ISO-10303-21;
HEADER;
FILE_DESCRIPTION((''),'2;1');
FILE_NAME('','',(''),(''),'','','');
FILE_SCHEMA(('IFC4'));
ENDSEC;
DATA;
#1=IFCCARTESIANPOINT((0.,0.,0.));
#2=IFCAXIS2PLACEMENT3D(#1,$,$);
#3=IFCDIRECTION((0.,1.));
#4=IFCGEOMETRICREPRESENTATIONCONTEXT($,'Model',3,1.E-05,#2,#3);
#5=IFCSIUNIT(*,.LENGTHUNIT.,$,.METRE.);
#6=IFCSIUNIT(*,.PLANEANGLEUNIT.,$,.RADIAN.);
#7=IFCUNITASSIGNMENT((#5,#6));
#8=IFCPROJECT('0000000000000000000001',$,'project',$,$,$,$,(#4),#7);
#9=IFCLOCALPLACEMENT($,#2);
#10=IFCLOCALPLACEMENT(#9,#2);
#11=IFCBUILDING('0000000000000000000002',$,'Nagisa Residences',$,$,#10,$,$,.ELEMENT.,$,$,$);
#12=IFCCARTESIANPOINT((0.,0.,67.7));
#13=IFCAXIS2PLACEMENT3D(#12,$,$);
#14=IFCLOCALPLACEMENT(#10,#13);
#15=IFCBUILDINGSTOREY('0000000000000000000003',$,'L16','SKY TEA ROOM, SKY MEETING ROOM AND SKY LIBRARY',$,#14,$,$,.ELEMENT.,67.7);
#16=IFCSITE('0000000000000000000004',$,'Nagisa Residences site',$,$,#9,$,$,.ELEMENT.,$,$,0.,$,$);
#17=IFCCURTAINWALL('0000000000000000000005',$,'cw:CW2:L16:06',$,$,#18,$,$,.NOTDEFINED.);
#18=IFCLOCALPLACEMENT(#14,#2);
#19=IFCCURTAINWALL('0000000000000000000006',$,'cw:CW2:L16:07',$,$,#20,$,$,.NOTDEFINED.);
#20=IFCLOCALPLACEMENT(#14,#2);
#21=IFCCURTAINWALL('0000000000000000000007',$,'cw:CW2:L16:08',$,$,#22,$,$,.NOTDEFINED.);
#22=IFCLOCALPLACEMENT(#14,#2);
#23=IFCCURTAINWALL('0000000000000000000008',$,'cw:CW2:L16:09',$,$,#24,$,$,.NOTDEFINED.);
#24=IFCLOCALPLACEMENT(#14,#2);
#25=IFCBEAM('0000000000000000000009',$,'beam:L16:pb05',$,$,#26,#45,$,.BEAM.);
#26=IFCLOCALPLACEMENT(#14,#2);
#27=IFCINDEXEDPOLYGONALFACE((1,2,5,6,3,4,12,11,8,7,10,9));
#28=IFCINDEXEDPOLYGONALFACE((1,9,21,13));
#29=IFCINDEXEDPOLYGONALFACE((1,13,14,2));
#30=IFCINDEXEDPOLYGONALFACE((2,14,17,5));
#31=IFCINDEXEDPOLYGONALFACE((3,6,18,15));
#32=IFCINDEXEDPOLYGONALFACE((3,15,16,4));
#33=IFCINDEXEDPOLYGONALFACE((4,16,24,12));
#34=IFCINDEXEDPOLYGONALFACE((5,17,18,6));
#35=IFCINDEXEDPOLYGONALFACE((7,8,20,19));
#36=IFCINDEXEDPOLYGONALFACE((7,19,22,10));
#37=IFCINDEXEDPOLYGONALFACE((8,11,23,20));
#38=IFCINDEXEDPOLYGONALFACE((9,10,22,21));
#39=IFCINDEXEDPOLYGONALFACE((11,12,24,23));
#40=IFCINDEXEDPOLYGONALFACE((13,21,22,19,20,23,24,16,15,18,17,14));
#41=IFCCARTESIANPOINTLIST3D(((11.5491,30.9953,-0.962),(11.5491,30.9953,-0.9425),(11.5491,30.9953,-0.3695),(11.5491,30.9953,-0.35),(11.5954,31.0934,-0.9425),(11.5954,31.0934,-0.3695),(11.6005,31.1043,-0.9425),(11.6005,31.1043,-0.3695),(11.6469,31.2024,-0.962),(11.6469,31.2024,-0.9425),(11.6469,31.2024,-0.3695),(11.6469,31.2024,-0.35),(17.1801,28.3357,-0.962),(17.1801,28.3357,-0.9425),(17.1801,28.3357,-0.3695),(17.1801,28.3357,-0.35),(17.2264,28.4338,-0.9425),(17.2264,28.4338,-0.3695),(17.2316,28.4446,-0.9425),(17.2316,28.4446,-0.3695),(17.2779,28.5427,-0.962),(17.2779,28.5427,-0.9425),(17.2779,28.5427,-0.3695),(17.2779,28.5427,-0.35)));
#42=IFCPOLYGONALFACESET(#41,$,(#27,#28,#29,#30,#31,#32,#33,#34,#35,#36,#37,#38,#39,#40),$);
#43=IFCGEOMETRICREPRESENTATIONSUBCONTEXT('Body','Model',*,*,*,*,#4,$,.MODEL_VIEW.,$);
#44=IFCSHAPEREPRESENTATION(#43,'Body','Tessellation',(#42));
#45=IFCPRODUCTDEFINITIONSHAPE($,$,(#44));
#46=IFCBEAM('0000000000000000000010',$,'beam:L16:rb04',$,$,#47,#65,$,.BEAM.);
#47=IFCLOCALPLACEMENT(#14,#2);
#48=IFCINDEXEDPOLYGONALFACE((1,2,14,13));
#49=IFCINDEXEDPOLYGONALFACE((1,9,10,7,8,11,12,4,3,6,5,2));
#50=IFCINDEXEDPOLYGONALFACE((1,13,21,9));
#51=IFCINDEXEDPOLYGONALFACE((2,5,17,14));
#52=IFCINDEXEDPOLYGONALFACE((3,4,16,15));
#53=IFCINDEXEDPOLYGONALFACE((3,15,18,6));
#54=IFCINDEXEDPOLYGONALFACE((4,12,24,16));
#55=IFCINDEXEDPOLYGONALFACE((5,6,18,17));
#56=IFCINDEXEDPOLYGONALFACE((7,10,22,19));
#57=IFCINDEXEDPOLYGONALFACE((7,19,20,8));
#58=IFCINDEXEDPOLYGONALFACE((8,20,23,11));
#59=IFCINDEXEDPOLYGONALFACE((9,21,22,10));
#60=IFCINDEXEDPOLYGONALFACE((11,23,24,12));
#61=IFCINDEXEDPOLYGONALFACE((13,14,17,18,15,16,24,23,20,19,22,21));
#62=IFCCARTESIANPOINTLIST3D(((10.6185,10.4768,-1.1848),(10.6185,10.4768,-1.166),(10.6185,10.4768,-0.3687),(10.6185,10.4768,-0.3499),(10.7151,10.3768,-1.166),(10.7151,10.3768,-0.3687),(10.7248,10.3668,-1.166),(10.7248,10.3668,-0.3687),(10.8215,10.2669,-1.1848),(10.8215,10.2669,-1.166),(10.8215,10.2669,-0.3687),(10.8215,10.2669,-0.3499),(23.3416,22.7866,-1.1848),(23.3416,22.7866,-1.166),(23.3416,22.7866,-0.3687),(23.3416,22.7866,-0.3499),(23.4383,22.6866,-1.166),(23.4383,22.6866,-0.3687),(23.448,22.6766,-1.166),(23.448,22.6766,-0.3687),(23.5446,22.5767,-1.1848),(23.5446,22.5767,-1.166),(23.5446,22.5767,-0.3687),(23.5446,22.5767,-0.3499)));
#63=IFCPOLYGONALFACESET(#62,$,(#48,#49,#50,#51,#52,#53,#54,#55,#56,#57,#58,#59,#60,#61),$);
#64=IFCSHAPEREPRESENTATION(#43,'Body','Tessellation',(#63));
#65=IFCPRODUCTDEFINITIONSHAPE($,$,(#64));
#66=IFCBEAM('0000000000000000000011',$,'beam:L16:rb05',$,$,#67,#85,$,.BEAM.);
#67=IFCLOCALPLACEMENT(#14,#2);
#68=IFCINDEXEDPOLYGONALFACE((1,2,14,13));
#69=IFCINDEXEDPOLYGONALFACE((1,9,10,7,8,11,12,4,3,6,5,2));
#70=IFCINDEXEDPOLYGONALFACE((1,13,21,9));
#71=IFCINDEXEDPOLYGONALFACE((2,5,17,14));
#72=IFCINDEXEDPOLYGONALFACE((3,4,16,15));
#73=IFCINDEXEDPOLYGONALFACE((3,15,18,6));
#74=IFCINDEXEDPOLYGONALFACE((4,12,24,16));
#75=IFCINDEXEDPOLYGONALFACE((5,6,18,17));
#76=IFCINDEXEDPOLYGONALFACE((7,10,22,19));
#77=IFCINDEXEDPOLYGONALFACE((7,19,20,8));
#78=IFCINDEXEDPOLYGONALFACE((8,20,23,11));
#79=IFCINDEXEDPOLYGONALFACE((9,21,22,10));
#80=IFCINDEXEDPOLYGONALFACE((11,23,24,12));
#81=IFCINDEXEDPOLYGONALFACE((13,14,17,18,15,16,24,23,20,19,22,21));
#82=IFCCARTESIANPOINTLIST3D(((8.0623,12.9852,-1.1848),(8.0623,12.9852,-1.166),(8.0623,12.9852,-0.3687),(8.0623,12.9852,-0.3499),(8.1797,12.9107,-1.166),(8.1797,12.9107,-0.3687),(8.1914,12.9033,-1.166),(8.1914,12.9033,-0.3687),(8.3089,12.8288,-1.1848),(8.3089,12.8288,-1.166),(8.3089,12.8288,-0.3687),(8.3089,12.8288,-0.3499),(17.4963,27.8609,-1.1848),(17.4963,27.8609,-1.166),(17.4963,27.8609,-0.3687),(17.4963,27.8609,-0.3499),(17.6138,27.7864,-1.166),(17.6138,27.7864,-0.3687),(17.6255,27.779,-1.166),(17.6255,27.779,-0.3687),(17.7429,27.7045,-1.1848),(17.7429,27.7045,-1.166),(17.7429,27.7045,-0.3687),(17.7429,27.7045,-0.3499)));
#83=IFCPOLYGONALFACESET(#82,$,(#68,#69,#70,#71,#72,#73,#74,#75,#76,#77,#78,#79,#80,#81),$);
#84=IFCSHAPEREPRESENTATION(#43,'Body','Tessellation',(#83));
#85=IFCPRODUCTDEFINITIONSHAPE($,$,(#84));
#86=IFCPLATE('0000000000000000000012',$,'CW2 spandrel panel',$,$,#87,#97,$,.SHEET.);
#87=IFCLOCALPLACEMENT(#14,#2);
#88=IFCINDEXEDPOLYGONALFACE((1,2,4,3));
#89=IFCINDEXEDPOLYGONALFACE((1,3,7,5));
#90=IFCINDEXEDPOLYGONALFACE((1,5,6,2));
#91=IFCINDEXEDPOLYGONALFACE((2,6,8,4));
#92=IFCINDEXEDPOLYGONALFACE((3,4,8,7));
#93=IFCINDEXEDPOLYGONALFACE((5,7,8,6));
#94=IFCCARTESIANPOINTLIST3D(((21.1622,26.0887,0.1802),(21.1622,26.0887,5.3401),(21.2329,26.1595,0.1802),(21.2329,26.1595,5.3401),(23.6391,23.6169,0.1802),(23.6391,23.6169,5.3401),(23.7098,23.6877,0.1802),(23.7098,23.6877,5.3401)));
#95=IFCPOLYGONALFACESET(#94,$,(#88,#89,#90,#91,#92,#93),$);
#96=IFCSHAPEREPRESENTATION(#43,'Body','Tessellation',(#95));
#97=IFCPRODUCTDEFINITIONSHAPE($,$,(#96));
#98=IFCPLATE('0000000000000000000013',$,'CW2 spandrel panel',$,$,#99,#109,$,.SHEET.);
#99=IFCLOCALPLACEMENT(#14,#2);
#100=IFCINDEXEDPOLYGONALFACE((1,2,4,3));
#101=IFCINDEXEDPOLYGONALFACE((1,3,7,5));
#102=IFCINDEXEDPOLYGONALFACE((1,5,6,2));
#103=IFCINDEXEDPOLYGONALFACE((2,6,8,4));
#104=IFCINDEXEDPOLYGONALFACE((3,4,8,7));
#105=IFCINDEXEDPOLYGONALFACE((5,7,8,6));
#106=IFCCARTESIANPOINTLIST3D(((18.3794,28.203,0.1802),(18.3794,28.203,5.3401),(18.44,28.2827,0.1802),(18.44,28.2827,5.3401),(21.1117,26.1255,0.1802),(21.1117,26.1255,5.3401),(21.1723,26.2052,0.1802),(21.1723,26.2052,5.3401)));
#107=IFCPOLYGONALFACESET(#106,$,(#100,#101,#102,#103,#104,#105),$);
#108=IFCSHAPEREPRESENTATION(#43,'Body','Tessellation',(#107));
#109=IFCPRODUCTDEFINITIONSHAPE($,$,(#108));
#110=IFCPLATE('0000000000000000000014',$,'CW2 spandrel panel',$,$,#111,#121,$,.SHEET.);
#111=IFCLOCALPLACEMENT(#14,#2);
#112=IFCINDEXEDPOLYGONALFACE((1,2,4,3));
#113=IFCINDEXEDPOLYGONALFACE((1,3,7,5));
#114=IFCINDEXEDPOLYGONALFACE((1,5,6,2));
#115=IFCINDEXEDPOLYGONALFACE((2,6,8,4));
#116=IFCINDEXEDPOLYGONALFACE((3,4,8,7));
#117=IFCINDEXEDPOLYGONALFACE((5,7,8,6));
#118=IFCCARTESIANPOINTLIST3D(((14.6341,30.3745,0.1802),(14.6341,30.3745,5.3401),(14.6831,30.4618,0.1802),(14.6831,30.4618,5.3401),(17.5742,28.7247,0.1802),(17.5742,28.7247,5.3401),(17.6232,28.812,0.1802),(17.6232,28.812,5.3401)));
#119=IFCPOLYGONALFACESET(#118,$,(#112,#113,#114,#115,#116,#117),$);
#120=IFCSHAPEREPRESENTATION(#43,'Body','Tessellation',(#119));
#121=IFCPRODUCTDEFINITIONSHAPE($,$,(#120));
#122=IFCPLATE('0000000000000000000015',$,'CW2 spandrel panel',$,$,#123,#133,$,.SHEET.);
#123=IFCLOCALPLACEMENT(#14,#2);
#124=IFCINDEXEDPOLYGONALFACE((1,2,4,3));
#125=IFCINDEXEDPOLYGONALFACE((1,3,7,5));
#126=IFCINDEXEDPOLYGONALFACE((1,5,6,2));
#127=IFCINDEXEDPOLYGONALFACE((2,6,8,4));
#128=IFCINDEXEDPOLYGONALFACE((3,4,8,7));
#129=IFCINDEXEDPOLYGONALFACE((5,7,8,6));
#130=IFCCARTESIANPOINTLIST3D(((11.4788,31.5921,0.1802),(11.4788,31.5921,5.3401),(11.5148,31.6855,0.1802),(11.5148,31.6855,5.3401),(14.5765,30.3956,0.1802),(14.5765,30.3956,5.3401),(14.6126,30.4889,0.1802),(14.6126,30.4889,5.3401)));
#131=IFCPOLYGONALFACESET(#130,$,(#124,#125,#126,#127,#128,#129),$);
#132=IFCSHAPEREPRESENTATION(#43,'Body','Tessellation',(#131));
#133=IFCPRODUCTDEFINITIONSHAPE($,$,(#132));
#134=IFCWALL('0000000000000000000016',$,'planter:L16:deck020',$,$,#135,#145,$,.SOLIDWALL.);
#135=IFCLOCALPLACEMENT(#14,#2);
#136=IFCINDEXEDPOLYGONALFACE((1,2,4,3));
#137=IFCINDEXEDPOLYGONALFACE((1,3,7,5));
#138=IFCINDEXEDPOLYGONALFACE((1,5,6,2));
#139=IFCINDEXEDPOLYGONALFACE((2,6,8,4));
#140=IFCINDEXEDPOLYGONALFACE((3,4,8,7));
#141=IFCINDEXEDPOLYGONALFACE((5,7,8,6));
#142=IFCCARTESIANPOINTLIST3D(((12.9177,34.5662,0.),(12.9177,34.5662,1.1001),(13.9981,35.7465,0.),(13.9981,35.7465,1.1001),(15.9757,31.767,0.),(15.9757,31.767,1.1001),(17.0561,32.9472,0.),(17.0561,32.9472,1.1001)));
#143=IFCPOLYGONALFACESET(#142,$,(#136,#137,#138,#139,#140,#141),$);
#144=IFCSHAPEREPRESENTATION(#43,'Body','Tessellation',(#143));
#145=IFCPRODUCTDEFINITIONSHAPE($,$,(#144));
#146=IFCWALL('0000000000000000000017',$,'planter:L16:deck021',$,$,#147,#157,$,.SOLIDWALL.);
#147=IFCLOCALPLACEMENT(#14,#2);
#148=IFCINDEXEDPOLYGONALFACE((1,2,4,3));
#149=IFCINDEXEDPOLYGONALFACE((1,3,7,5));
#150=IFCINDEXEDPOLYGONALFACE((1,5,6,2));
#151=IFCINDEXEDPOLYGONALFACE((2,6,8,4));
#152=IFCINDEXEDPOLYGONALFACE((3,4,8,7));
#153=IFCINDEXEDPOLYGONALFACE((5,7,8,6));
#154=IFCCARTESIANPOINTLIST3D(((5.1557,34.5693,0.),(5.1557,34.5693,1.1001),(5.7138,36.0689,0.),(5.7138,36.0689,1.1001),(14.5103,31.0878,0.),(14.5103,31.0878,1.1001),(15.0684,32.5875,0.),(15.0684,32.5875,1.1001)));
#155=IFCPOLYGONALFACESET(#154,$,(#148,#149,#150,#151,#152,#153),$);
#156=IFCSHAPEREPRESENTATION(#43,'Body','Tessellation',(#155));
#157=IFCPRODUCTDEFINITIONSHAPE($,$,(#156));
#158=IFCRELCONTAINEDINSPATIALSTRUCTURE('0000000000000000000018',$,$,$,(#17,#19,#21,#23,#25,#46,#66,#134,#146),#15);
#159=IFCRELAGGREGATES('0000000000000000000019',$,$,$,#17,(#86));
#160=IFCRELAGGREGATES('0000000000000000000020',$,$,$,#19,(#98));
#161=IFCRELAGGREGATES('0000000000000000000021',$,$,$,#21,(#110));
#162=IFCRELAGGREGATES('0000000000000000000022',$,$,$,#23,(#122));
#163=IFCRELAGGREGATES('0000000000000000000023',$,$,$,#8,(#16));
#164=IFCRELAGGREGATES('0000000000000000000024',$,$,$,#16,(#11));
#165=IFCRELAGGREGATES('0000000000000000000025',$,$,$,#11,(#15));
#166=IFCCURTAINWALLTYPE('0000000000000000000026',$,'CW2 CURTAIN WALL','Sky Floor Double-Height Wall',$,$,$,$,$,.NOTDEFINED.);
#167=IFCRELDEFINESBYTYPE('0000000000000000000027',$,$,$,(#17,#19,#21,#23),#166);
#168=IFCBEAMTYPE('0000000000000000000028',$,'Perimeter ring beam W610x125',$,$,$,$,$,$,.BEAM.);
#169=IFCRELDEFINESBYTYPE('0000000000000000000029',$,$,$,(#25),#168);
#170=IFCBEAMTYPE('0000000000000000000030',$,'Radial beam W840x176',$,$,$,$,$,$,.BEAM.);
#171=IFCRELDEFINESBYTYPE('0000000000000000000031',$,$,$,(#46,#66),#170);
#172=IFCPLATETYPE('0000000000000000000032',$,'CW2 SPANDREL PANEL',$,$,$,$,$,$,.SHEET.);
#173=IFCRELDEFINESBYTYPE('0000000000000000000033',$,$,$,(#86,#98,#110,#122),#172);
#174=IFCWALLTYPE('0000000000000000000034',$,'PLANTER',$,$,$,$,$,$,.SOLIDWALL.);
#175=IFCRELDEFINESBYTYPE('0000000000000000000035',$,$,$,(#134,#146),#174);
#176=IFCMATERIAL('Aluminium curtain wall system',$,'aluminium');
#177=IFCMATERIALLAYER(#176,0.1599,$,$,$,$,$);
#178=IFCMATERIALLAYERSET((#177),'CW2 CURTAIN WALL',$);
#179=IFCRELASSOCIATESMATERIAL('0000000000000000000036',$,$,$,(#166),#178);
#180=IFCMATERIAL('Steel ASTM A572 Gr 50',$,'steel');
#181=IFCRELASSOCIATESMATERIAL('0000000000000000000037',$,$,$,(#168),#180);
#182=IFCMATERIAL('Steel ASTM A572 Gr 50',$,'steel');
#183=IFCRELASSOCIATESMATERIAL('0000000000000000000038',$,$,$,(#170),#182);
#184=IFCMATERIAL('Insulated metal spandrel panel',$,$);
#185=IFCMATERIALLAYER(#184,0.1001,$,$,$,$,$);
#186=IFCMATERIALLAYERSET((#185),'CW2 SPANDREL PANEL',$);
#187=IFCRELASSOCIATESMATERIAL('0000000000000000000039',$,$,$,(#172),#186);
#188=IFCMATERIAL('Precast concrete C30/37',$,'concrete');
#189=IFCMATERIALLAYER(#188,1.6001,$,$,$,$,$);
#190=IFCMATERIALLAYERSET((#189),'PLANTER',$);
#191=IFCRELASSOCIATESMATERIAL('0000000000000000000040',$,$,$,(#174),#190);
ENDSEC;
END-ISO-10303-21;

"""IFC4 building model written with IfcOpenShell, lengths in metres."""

from ifc_helpers import new_model, si_unit, direction, frame, frame_2d, origin, origin_2d, place, context, subcontext, project, spatial, rectangle, i_section, extrude, material, layer, layer_set, material_profile, profile_set, type_object, element, aggregate, save


model = new_model("IFC4")

# Units and contexts
model_context = context("Model", 3, precision=1e-05, world=origin(), true_north=direction((0.0, 1.0)))
body_context = subcontext(model_context, "Body", "Model", "MODEL_VIEW")
ifc_project = project(units=[si_unit("LENGTHUNIT", "METRE"), si_unit("PLANEANGLEUNIT", "RADIAN")], contexts=[model_context])

# Site, building, storey
site_placement = place(None, origin())
site = spatial("IfcSite", under=ifc_project, at=site_placement, Name="Nagisa Residences site", CompositionType="ELEMENT", RefElevation=0.0)
building_placement = place(site_placement, origin())
building = spatial("IfcBuilding", under=site, at=building_placement, Name="Nagisa Residences", CompositionType="ELEMENT")
storey_placement = place(building_placement, frame((0.0, 0.0, 67.7)))
storey = spatial("IfcBuildingStorey", under=building, at=storey_placement, Name="L16", Description="SKY TEA ROOM, SKY MEETING ROOM AND SKY LIBRARY", CompositionType="ELEMENT", Elevation=67.7)

# Curtain walls
ifc_material_1 = material(Name="Aluminium curtain wall system", Category="aluminium")
ifc_layer_1 = layer(ifc_material_1, 0.1599)
ifc_layer_set_1 = layer_set([ifc_layer_1], Name="CW2 CURTAIN WALL")
curtain_wall_type = type_object("IfcCurtainWallType", Name="CW2 CURTAIN WALL", Description="Sky Floor Double-Height Wall", PredefinedType="NOTDEFINED", material=ifc_layer_set_1)
curtain_wall_1_placement = place(storey_placement, origin())
curtain_wall_1 = element("IfcCurtainWall", 1, at=curtain_wall_1_placement, inside=storey, type_object=curtain_wall_type, Name="cw:CW2:L16:06", PredefinedType="NOTDEFINED")
curtain_wall_2_placement = place(storey_placement, origin())
curtain_wall_2 = element("IfcCurtainWall", 2, at=curtain_wall_2_placement, inside=storey, type_object=curtain_wall_type, Name="cw:CW2:L16:07", PredefinedType="NOTDEFINED")
curtain_wall_3_placement = place(storey_placement, origin())
curtain_wall_3 = element("IfcCurtainWall", 3, at=curtain_wall_3_placement, inside=storey, type_object=curtain_wall_type, Name="cw:CW2:L16:08", PredefinedType="NOTDEFINED")
curtain_wall_4_placement = place(storey_placement, origin())
curtain_wall_4 = element("IfcCurtainWall", 4, at=curtain_wall_4_placement, inside=storey, type_object=curtain_wall_type, Name="cw:CW2:L16:09", PredefinedType="NOTDEFINED")

# Beams
ifc_material_2 = material(Name="Steel ASTM A572 Gr 50", Category="steel")
ifc_material_profile_1 = material_profile(ifc_material_2, i_section(OverallWidth=0.229, OverallDepth=0.6121, WebThickness=0.012, FlangeThickness=0.0195, at=origin_2d()), Name="W610x125")
ifc_profile_set_1 = profile_set([ifc_material_profile_1], Name="Steel ASTM A572 Gr 50")
beam_type_1 = type_object("IfcBeamType", Name="Perimeter ring beam W610x125", PredefinedType="BEAM", material=ifc_profile_set_1)
beam_1_placement = place(storey_placement, frame((17.229, 28.4392, -0.656), z_axis=(-0.904215, 0.427077, 0.0), x_axis=(-0.427077, -0.904215, 0.0)))
element("IfcBeam", 5, at=beam_1_placement, inside=storey, type_object=beam_type_1, Name="beam:L16:pb05", PredefinedType="BEAM", context=body_context, shape_type="SweptSolid", body=[
    extrude(i_section(OverallWidth=0.229, OverallDepth=0.6121, WebThickness=0.012, FlangeThickness=0.0195, at=origin_2d()), origin(), (0.0, 0.0, 1.0), 6.2275),
])
ifc_material_3 = material(Name="Steel ASTM A572 Gr 50", Category="steel")
ifc_material_profile_2 = material_profile(ifc_material_3, i_section(OverallWidth=0.292, OverallDepth=0.835, WebThickness=0.0139, FlangeThickness=0.0188, at=origin_2d()), Name="W840x176")
ifc_profile_set_2 = profile_set([ifc_material_profile_2], Name="Steel ASTM A572 Gr 50")
beam_type_2 = type_object("IfcBeamType", Name="Radial beam W840x176", PredefinedType="BEAM", material=ifc_profile_set_2)
beam_2_placement = place(storey_placement, frame((23.4431, 22.6816, -0.7673), z_axis=(-0.718684, -0.695337, 0.0), x_axis=(0.695337, -0.718684, 0.0)))
element("IfcBeam", 6, at=beam_2_placement, inside=storey, type_object=beam_type_2, Name="beam:L16:rb04", PredefinedType="BEAM", context=body_context, shape_type="SweptSolid", body=[
    extrude(i_section(OverallWidth=0.292, OverallDepth=0.835, WebThickness=0.0139, FlangeThickness=0.0188, at=origin_2d()), origin(), (0.0, 0.0, 1.0), 17.7034),
])
beam_3_placement = place(storey_placement, frame((17.6196, 27.7827, -0.7673), z_axis=(-0.53557, -0.844491, 0.0), x_axis=(0.844491, -0.53557, 0.0)))
element("IfcBeam", 7, at=beam_3_placement, inside=storey, type_object=beam_type_2, Name="beam:L16:rb05", PredefinedType="BEAM", context=body_context, shape_type="SweptSolid", body=[
    extrude(i_section(OverallWidth=0.292, OverallDepth=0.835, WebThickness=0.0139, FlangeThickness=0.0188, at=origin_2d()), origin(), (0.0, 0.0, 1.0), 17.615),
])

# Plates
ifc_material_4 = material(Name="Insulated metal spandrel panel")
ifc_layer_2 = layer(ifc_material_4, 0.1001)
ifc_layer_set_2 = layer_set([ifc_layer_2], Name="CW2 SPANDREL PANEL")
plate_type = type_object("IfcPlateType", Name="CW2 SPANDREL PANEL", PredefinedType="SHEET", material=ifc_layer_set_2)
plate_1_placement = place(storey_placement, frame((22.436, 24.8882, 0.1802), z_axis=(0.0, 0.0, 1.0), x_axis=(-0.707836, 0.706377, 0.0)))
plate_1 = element("IfcPlate", 8, at=plate_1_placement, type_object=plate_type, Name="CW2 spandrel panel", PredefinedType="SHEET", context=body_context, shape_type="SweptSolid", body=[
    extrude(rectangle(XDim=3.4993, YDim=0.1001, at=origin_2d()), origin(), (0.0, 0.0, 1.0), 5.1599),
])
aggregate(curtain_wall_1, [plate_1])
plate_2_placement = place(storey_placement, frame((19.7759, 27.2041, 0.1802), z_axis=(0.0, 0.0, 1.0), x_axis=(-0.796031, 0.605255, 0.0)))
plate_2 = element("IfcPlate", 9, at=plate_2_placement, type_object=plate_type, Name="CW2 spandrel panel", PredefinedType="SHEET", context=body_context, shape_type="SweptSolid", body=[
    extrude(rectangle(XDim=3.4324, YDim=0.1001, at=origin_2d()), origin(), (0.0, 0.0, 1.0), 5.1599),
])
aggregate(curtain_wall_2, [plate_2])
plate_3_placement = place(storey_placement, frame((16.1287, 29.5933, 0.1802), z_axis=(0.0, 0.0, 1.0), x_axis=(-0.872072, 0.489377, 0.0)))
plate_3 = element("IfcPlate", 10, at=plate_3_placement, type_object=plate_type, Name="CW2 spandrel panel", PredefinedType="SHEET", context=body_context, shape_type="SweptSolid", body=[
    extrude(rectangle(XDim=3.3713, YDim=0.1001, at=origin_2d()), origin(), (0.0, 0.0, 1.0), 5.1599),
])
aggregate(curtain_wall_3, [plate_3])
plate_4_placement = place(storey_placement, frame((13.0457, 31.0405, 0.1802), z_axis=(0.0, 0.0, 1.0), x_axis=(-0.932826, 0.360328, 0.0)))
plate_4 = element("IfcPlate", 11, at=plate_4_placement, type_object=plate_type, Name="CW2 spandrel panel", PredefinedType="SHEET", context=body_context, shape_type="SweptSolid", body=[
    extrude(rectangle(XDim=3.3208, YDim=0.1001, at=origin_2d()), origin(), (0.0, 0.0, 1.0), 5.1599),
])
aggregate(curtain_wall_4, [plate_4])

# Walls
ifc_material_5 = material(Name="Precast concrete C30/37", Category="concrete")
ifc_layer_3 = layer(ifc_material_5, 1.6001)
ifc_layer_set_3 = layer_set([ifc_layer_3], Name="PLANTER")
wall_type = type_object("IfcWallType", Name="PLANTER", PredefinedType="SOLIDWALL", material=ifc_layer_set_3)
wall_1_placement = place(storey_placement, frame((13.458, 35.1562, 0.0), z_axis=(0.0, 0.0, 1.0), x_axis=(0.737628, -0.675207, 0.0)))
element("IfcWall", 12, at=wall_1_placement, inside=storey, type_object=wall_type, Name="planter:L16:deck020", PredefinedType="SOLIDWALL", context=body_context, shape_type="SweptSolid", body=[
    extrude(rectangle(XDim=4.1458, YDim=1.6001, at=frame_2d((2.0728, 0.0))), origin(), (0.0, 0.0, 1.0), 1.1001),
])
wall_2_placement = place(storey_placement, frame((14.7893, 31.8376, 0.0), z_axis=(0.0, 0.0, 1.0), x_axis=(-0.937199, 0.348796, 0.0)))
element("IfcWall", 13, at=wall_2_placement, inside=storey, type_object=wall_type, Name="planter:L16:deck021", PredefinedType="SOLIDWALL", context=body_context, shape_type="SweptSolid", body=[
    extrude(rectangle(XDim=9.9814, YDim=1.6001, at=frame_2d((4.9907, 0.0))), origin(), (0.0, 0.0, 1.0), 1.1001),
])

save(model, "model.ifc")
